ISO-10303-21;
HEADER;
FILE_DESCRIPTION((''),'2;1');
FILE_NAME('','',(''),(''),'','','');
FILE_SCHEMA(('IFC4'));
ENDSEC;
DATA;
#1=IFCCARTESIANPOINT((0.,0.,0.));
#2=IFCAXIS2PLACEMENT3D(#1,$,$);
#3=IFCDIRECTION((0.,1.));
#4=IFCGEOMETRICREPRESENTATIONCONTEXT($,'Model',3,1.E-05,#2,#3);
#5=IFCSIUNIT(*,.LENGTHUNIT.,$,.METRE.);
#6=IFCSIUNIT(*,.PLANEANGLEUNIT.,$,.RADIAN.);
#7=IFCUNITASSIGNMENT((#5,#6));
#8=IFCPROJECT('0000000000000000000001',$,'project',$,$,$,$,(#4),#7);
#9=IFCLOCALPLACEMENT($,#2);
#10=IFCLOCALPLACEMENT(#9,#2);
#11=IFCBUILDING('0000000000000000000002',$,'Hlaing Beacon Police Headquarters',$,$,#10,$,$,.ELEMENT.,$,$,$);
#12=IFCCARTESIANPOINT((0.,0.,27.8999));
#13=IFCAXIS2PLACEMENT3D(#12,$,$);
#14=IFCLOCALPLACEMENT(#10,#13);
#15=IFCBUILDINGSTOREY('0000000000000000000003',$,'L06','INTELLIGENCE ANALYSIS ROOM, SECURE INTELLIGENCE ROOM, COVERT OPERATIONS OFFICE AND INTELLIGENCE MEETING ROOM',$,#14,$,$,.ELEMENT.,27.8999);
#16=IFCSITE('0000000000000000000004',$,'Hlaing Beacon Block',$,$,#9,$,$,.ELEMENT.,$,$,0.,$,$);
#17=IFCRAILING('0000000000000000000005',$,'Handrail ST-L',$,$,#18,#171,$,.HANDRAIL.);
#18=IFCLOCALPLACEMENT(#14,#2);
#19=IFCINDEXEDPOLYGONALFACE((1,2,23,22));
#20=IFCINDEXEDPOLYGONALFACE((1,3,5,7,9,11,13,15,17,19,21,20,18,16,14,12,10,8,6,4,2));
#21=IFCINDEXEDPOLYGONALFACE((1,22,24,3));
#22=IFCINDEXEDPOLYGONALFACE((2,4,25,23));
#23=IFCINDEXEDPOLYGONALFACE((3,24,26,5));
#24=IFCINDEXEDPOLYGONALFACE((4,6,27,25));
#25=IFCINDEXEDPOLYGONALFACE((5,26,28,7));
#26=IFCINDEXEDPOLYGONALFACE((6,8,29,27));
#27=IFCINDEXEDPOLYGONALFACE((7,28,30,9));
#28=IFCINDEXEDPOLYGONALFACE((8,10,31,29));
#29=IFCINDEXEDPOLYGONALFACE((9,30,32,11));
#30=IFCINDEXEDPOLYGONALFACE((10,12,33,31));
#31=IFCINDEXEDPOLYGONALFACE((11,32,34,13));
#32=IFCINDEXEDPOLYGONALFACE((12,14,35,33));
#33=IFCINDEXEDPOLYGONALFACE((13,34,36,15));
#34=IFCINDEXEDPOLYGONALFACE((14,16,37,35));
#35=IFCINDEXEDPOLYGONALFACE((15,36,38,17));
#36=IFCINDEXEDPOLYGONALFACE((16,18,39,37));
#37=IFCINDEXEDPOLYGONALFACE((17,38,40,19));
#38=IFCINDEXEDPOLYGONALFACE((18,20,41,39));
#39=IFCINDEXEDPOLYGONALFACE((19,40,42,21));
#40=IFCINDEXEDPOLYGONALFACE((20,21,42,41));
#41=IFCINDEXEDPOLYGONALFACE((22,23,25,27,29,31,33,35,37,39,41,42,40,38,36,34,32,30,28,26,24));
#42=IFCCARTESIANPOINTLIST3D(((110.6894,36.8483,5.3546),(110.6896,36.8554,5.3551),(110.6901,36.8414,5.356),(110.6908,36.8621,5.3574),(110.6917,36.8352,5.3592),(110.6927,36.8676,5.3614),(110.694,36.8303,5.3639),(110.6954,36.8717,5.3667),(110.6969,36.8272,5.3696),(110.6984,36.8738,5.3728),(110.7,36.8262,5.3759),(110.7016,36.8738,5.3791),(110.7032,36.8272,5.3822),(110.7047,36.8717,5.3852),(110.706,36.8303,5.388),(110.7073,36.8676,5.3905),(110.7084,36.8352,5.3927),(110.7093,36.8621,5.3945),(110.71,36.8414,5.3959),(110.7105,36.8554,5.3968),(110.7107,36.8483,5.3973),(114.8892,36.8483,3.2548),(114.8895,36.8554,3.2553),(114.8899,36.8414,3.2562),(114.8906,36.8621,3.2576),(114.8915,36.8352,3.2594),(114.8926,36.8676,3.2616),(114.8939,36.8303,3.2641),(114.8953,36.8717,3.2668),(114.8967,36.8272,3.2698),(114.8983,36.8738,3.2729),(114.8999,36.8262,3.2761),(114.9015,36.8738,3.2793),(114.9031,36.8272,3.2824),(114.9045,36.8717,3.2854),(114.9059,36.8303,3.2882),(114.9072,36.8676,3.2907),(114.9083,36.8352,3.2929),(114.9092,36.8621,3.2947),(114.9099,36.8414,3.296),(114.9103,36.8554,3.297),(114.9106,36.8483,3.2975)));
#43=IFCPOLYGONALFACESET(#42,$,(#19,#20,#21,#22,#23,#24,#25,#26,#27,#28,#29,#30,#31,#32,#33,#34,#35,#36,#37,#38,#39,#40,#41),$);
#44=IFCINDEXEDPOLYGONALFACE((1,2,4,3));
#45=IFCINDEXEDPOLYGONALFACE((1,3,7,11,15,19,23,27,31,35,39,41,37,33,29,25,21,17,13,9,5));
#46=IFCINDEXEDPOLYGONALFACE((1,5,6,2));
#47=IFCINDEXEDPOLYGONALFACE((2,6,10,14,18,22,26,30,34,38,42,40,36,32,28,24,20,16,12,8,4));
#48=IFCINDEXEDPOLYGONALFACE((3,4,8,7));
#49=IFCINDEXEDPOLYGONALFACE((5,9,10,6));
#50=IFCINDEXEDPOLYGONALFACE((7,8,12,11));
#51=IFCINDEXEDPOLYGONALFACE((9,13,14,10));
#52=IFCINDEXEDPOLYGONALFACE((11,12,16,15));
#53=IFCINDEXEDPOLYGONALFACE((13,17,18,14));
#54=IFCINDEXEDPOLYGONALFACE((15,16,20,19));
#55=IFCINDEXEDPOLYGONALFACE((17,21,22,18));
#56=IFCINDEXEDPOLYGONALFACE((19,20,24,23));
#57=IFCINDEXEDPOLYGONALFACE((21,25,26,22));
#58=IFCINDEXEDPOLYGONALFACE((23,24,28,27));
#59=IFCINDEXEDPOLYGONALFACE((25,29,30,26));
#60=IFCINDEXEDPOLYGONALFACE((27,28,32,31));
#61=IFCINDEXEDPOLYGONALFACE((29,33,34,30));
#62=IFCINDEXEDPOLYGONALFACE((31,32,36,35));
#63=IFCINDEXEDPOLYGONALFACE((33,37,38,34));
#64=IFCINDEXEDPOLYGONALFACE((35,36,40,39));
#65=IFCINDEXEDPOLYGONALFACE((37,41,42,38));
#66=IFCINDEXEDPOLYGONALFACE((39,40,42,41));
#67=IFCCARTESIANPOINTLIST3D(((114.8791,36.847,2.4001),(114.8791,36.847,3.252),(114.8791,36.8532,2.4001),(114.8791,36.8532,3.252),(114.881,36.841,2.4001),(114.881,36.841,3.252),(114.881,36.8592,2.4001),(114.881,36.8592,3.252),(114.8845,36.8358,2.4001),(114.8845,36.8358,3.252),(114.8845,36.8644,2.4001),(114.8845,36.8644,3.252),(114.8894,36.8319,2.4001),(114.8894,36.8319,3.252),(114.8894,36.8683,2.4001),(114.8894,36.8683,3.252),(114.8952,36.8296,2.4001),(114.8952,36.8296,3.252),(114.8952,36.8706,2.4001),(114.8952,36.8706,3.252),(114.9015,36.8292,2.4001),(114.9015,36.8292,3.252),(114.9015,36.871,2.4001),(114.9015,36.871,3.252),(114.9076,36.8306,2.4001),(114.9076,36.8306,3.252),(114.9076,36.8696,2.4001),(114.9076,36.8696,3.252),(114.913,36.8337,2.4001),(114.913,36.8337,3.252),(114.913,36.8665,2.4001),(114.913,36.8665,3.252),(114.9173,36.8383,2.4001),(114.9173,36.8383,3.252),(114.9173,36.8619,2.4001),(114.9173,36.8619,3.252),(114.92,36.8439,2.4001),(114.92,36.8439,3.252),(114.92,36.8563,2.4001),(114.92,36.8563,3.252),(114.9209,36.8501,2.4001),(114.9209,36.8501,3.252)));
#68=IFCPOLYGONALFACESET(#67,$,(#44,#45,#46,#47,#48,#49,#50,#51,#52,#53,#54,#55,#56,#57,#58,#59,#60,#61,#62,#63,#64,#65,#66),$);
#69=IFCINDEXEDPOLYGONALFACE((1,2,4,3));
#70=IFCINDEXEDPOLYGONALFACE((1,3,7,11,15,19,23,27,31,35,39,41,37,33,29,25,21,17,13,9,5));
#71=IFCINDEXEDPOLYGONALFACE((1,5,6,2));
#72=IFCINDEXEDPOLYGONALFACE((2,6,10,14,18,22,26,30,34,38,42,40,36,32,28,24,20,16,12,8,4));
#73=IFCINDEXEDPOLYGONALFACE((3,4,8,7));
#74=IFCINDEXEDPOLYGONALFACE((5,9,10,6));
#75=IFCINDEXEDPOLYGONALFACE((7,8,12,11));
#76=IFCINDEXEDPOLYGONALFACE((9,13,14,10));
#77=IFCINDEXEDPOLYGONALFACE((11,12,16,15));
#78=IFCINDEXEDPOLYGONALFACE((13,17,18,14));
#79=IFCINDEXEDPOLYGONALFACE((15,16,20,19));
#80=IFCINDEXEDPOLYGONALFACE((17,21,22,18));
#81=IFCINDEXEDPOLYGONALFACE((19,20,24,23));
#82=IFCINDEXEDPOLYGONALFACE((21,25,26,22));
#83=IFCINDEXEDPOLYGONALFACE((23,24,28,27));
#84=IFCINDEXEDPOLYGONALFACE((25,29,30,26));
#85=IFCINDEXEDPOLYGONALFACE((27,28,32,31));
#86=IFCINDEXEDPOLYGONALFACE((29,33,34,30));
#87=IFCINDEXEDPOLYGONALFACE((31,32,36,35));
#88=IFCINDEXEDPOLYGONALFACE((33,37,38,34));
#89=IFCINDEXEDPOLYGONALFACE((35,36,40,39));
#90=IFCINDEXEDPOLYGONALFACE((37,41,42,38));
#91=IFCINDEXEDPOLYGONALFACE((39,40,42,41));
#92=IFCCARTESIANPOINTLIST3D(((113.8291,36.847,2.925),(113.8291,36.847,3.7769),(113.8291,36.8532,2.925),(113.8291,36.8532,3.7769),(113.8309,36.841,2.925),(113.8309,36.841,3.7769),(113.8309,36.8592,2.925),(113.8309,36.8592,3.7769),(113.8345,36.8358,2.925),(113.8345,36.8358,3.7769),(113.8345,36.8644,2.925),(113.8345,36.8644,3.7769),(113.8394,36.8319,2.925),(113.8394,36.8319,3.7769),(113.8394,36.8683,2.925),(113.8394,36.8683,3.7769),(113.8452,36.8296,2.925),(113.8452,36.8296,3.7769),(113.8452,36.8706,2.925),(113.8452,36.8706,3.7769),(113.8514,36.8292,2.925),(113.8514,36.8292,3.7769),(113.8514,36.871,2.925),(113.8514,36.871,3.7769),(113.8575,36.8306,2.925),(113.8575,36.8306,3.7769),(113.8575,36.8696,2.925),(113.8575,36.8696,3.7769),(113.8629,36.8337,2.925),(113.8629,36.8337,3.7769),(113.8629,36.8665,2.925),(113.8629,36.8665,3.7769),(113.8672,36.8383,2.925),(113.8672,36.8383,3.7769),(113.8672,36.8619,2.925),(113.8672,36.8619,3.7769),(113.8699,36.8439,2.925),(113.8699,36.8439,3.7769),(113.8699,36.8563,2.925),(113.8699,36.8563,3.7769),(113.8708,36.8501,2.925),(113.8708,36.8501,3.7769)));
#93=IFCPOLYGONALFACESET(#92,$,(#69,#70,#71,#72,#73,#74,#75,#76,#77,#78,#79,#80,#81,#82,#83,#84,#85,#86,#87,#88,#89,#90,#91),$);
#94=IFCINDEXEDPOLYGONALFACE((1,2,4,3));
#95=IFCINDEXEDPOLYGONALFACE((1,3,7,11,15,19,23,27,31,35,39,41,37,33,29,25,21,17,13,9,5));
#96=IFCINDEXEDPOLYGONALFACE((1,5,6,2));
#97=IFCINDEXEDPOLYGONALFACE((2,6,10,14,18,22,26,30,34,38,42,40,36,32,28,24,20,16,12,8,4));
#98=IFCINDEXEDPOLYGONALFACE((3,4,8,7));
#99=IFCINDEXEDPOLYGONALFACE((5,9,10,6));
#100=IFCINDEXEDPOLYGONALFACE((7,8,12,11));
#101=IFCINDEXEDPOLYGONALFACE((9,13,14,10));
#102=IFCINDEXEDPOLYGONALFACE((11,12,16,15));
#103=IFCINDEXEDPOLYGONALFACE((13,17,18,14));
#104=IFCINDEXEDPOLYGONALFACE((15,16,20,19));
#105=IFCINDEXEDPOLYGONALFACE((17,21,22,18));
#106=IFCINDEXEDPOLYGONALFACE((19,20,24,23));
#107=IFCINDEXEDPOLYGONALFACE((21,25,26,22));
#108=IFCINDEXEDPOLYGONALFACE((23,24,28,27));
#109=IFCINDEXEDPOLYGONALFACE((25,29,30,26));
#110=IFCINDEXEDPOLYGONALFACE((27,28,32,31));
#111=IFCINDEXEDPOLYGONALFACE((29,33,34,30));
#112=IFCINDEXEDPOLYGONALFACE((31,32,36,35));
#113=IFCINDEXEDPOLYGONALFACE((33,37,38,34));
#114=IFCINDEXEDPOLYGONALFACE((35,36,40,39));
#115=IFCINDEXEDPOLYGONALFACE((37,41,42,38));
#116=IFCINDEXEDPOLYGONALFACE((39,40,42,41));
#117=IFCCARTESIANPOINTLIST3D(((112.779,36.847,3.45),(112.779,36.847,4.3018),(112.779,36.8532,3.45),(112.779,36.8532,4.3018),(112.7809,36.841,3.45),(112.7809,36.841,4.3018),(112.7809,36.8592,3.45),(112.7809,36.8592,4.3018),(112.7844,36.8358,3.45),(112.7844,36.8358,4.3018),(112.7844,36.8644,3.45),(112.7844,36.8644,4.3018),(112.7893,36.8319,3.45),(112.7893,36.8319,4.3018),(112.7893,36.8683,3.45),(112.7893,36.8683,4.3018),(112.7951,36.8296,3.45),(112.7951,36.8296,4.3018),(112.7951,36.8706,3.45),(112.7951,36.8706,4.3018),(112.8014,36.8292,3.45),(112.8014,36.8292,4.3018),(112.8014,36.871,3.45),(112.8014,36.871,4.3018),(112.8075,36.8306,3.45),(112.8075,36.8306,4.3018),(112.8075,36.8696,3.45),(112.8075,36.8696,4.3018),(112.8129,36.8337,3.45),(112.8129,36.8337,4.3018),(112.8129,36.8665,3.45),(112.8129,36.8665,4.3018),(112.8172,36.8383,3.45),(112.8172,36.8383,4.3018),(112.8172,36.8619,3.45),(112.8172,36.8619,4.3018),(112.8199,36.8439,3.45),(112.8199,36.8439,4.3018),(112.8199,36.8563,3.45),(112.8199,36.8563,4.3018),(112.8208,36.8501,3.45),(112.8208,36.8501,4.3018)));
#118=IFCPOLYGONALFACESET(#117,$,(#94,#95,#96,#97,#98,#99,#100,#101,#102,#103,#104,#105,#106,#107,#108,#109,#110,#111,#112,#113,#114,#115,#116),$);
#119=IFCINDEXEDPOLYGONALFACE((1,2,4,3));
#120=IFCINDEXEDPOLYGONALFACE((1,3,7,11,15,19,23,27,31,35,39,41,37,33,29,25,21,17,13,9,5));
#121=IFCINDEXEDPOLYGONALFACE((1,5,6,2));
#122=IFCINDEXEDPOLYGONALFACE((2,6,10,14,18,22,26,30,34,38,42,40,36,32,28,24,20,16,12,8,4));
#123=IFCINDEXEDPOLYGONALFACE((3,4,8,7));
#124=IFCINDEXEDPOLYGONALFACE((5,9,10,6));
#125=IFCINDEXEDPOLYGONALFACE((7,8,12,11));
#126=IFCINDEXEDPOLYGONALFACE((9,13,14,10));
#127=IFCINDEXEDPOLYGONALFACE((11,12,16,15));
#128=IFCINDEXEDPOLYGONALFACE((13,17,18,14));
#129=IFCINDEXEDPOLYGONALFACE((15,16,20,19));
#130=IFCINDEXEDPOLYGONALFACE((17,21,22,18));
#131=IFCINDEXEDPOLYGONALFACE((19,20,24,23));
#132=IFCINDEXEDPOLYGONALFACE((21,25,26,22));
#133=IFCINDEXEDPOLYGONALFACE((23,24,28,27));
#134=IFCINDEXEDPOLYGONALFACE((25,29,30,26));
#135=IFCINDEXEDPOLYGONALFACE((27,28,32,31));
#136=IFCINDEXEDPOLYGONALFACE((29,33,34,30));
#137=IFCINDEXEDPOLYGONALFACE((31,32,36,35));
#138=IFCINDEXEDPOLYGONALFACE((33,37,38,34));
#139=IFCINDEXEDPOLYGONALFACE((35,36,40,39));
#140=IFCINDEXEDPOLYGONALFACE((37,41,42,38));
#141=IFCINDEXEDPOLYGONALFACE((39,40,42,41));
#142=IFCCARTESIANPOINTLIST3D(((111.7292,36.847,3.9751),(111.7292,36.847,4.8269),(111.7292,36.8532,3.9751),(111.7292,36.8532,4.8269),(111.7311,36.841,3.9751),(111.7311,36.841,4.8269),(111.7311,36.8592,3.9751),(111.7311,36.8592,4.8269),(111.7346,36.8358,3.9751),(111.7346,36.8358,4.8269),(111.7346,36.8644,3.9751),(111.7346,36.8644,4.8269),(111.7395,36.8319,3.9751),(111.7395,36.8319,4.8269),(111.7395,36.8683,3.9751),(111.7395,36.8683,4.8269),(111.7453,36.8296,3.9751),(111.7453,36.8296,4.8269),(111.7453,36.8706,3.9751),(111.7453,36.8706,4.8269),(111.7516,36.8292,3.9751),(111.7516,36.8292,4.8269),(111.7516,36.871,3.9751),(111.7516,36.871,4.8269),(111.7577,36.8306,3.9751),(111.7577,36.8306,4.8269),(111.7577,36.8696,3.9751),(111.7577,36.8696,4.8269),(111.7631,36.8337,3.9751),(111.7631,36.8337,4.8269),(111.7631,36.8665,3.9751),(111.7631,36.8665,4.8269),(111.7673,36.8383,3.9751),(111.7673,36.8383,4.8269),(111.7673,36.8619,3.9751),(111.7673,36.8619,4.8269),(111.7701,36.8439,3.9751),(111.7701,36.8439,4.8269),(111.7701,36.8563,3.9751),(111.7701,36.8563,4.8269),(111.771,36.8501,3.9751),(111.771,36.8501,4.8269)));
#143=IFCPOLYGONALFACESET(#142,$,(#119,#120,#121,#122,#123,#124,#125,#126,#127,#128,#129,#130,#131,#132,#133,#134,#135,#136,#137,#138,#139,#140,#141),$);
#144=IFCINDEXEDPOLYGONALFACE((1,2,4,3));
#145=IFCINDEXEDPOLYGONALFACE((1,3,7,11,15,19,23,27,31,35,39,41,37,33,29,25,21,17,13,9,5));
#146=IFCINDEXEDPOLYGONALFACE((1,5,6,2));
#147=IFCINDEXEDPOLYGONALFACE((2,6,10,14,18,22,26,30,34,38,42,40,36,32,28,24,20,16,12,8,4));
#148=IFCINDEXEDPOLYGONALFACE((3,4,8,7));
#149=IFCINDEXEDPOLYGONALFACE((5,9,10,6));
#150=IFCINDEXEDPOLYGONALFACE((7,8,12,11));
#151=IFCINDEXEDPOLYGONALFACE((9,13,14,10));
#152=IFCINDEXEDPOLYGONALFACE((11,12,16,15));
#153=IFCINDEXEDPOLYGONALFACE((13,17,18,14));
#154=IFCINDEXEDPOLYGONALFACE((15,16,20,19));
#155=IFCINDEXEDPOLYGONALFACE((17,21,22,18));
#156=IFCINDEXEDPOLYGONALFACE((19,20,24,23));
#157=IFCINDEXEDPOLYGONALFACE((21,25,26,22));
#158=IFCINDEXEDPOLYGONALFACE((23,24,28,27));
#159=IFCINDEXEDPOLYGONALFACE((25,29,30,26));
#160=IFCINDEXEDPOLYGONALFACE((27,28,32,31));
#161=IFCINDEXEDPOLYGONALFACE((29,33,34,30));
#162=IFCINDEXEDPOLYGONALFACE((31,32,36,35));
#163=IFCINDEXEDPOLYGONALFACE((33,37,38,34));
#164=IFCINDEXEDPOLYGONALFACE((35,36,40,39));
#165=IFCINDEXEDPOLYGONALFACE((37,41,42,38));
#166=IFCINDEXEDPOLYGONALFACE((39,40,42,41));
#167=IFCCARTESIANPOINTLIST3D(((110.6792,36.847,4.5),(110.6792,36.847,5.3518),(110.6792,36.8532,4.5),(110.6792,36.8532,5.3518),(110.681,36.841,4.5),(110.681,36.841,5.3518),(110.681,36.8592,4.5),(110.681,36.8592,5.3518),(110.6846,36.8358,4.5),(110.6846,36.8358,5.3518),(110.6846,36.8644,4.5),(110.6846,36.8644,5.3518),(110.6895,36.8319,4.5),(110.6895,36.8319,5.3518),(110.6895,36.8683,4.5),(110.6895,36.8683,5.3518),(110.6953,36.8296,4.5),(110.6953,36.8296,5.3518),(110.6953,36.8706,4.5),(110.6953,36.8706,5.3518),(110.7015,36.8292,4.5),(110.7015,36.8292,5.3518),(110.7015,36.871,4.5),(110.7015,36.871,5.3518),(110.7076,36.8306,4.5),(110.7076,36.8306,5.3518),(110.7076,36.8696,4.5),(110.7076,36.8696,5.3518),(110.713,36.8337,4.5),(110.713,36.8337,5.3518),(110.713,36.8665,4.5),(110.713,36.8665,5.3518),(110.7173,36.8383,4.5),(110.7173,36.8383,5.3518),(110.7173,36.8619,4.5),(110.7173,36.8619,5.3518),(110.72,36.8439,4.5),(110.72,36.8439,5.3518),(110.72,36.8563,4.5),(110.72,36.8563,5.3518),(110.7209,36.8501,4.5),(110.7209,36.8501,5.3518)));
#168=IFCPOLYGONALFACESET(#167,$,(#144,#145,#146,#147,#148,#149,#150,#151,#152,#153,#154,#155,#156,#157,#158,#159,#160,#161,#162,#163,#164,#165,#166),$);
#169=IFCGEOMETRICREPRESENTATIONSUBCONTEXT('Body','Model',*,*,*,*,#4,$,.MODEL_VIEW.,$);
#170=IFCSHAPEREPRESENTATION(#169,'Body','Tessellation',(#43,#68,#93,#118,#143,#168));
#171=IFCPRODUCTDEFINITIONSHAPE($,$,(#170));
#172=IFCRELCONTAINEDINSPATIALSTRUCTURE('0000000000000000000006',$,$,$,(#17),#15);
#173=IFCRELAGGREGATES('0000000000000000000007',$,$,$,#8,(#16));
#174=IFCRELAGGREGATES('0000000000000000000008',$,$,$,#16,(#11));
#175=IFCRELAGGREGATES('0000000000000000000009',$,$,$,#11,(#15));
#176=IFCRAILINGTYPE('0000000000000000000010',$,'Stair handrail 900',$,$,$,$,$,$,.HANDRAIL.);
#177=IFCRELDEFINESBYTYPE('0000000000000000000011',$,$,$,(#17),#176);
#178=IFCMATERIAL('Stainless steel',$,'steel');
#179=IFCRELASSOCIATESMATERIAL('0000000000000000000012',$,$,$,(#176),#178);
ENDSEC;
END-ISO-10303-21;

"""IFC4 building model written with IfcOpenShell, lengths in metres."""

from ifc_helpers import new_model, si_unit, direction, frame, origin, origin_2d, place, context, subcontext, project, spatial, circle, extrude, material, type_object, element, save


model = new_model("IFC4")

# Units and contexts
model_context = context("Model", 3, precision=1e-05, world=origin(), true_north=direction((0.0, 1.0)))
body_context = subcontext(model_context, "Body", "Model", "MODEL_VIEW")
ifc_project = project(units=[si_unit("LENGTHUNIT", "METRE"), si_unit("PLANEANGLEUNIT", "RADIAN")], contexts=[model_context])

# Site, building, storey
site_placement = place(None, origin())
site = spatial("IfcSite", under=ifc_project, at=site_placement, Name="Hlaing Beacon Block", CompositionType="ELEMENT", RefElevation=0.0)
building_placement = place(site_placement, origin())
building = spatial("IfcBuilding", under=site, at=building_placement, Name="Hlaing Beacon Police Headquarters", CompositionType="ELEMENT")
storey_placement = place(building_placement, frame((0.0, 0.0, 27.8999)))
storey = spatial("IfcBuildingStorey", under=building, at=storey_placement, Name="L06", Description="INTELLIGENCE ANALYSIS ROOM, SECURE INTELLIGENCE ROOM, COVERT OPERATIONS OFFICE AND INTELLIGENCE MEETING ROOM", CompositionType="ELEMENT", Elevation=27.8999)

# Railing
ifc_material_1 = material(Name="Stainless steel", Category="steel")
railing_type_1 = type_object("IfcRailingType", Name="Stair handrail 900", PredefinedType="HANDRAIL", material=ifc_material_1)
for number, where, name in (
    (1, (114.8999, 36.8501, 2.4001), "Handrail ST-L"),
):
    element("IfcRailing", number, at=place(storey_placement, frame(where)), inside=storey, type_object=railing_type_1, Name=name, PredefinedType="HANDRAIL", context=body_context, shape_type="SweptSolid", body=[
        extrude(circle(Radius=0.0239, at=origin_2d()), frame((0.0, 0.0, 0.876), z_axis=(-0.894438, 0.0, 0.447193), x_axis=(0.0, -1.0, 0.0)), (0.0, 0.0, 1.0), 4.6956),
        extrude(circle(Radius=0.021, at=origin_2d()), origin(), (0.0, 0.0, 1.0), 0.8518),
        extrude(circle(Radius=0.021, at=origin_2d()), frame((-1.05, 0.0, 0.5249)), (0.0, 0.0, 1.0), 0.8518),
        extrude(circle(Radius=0.021, at=origin_2d()), frame((-2.1001, 0.0, 1.0498)), (0.0, 0.0, 1.0), 0.8518),
        extrude(circle(Radius=0.021, at=origin_2d()), frame((-3.1499, 0.0, 1.575)), (0.0, 0.0, 1.0), 0.8518),
        extrude(circle(Radius=0.021, at=origin_2d()), frame((-4.2, 0.0, 2.0999)), (0.0, 0.0, 1.0), 0.8518),
    ])

save(model, "model.ifc")
